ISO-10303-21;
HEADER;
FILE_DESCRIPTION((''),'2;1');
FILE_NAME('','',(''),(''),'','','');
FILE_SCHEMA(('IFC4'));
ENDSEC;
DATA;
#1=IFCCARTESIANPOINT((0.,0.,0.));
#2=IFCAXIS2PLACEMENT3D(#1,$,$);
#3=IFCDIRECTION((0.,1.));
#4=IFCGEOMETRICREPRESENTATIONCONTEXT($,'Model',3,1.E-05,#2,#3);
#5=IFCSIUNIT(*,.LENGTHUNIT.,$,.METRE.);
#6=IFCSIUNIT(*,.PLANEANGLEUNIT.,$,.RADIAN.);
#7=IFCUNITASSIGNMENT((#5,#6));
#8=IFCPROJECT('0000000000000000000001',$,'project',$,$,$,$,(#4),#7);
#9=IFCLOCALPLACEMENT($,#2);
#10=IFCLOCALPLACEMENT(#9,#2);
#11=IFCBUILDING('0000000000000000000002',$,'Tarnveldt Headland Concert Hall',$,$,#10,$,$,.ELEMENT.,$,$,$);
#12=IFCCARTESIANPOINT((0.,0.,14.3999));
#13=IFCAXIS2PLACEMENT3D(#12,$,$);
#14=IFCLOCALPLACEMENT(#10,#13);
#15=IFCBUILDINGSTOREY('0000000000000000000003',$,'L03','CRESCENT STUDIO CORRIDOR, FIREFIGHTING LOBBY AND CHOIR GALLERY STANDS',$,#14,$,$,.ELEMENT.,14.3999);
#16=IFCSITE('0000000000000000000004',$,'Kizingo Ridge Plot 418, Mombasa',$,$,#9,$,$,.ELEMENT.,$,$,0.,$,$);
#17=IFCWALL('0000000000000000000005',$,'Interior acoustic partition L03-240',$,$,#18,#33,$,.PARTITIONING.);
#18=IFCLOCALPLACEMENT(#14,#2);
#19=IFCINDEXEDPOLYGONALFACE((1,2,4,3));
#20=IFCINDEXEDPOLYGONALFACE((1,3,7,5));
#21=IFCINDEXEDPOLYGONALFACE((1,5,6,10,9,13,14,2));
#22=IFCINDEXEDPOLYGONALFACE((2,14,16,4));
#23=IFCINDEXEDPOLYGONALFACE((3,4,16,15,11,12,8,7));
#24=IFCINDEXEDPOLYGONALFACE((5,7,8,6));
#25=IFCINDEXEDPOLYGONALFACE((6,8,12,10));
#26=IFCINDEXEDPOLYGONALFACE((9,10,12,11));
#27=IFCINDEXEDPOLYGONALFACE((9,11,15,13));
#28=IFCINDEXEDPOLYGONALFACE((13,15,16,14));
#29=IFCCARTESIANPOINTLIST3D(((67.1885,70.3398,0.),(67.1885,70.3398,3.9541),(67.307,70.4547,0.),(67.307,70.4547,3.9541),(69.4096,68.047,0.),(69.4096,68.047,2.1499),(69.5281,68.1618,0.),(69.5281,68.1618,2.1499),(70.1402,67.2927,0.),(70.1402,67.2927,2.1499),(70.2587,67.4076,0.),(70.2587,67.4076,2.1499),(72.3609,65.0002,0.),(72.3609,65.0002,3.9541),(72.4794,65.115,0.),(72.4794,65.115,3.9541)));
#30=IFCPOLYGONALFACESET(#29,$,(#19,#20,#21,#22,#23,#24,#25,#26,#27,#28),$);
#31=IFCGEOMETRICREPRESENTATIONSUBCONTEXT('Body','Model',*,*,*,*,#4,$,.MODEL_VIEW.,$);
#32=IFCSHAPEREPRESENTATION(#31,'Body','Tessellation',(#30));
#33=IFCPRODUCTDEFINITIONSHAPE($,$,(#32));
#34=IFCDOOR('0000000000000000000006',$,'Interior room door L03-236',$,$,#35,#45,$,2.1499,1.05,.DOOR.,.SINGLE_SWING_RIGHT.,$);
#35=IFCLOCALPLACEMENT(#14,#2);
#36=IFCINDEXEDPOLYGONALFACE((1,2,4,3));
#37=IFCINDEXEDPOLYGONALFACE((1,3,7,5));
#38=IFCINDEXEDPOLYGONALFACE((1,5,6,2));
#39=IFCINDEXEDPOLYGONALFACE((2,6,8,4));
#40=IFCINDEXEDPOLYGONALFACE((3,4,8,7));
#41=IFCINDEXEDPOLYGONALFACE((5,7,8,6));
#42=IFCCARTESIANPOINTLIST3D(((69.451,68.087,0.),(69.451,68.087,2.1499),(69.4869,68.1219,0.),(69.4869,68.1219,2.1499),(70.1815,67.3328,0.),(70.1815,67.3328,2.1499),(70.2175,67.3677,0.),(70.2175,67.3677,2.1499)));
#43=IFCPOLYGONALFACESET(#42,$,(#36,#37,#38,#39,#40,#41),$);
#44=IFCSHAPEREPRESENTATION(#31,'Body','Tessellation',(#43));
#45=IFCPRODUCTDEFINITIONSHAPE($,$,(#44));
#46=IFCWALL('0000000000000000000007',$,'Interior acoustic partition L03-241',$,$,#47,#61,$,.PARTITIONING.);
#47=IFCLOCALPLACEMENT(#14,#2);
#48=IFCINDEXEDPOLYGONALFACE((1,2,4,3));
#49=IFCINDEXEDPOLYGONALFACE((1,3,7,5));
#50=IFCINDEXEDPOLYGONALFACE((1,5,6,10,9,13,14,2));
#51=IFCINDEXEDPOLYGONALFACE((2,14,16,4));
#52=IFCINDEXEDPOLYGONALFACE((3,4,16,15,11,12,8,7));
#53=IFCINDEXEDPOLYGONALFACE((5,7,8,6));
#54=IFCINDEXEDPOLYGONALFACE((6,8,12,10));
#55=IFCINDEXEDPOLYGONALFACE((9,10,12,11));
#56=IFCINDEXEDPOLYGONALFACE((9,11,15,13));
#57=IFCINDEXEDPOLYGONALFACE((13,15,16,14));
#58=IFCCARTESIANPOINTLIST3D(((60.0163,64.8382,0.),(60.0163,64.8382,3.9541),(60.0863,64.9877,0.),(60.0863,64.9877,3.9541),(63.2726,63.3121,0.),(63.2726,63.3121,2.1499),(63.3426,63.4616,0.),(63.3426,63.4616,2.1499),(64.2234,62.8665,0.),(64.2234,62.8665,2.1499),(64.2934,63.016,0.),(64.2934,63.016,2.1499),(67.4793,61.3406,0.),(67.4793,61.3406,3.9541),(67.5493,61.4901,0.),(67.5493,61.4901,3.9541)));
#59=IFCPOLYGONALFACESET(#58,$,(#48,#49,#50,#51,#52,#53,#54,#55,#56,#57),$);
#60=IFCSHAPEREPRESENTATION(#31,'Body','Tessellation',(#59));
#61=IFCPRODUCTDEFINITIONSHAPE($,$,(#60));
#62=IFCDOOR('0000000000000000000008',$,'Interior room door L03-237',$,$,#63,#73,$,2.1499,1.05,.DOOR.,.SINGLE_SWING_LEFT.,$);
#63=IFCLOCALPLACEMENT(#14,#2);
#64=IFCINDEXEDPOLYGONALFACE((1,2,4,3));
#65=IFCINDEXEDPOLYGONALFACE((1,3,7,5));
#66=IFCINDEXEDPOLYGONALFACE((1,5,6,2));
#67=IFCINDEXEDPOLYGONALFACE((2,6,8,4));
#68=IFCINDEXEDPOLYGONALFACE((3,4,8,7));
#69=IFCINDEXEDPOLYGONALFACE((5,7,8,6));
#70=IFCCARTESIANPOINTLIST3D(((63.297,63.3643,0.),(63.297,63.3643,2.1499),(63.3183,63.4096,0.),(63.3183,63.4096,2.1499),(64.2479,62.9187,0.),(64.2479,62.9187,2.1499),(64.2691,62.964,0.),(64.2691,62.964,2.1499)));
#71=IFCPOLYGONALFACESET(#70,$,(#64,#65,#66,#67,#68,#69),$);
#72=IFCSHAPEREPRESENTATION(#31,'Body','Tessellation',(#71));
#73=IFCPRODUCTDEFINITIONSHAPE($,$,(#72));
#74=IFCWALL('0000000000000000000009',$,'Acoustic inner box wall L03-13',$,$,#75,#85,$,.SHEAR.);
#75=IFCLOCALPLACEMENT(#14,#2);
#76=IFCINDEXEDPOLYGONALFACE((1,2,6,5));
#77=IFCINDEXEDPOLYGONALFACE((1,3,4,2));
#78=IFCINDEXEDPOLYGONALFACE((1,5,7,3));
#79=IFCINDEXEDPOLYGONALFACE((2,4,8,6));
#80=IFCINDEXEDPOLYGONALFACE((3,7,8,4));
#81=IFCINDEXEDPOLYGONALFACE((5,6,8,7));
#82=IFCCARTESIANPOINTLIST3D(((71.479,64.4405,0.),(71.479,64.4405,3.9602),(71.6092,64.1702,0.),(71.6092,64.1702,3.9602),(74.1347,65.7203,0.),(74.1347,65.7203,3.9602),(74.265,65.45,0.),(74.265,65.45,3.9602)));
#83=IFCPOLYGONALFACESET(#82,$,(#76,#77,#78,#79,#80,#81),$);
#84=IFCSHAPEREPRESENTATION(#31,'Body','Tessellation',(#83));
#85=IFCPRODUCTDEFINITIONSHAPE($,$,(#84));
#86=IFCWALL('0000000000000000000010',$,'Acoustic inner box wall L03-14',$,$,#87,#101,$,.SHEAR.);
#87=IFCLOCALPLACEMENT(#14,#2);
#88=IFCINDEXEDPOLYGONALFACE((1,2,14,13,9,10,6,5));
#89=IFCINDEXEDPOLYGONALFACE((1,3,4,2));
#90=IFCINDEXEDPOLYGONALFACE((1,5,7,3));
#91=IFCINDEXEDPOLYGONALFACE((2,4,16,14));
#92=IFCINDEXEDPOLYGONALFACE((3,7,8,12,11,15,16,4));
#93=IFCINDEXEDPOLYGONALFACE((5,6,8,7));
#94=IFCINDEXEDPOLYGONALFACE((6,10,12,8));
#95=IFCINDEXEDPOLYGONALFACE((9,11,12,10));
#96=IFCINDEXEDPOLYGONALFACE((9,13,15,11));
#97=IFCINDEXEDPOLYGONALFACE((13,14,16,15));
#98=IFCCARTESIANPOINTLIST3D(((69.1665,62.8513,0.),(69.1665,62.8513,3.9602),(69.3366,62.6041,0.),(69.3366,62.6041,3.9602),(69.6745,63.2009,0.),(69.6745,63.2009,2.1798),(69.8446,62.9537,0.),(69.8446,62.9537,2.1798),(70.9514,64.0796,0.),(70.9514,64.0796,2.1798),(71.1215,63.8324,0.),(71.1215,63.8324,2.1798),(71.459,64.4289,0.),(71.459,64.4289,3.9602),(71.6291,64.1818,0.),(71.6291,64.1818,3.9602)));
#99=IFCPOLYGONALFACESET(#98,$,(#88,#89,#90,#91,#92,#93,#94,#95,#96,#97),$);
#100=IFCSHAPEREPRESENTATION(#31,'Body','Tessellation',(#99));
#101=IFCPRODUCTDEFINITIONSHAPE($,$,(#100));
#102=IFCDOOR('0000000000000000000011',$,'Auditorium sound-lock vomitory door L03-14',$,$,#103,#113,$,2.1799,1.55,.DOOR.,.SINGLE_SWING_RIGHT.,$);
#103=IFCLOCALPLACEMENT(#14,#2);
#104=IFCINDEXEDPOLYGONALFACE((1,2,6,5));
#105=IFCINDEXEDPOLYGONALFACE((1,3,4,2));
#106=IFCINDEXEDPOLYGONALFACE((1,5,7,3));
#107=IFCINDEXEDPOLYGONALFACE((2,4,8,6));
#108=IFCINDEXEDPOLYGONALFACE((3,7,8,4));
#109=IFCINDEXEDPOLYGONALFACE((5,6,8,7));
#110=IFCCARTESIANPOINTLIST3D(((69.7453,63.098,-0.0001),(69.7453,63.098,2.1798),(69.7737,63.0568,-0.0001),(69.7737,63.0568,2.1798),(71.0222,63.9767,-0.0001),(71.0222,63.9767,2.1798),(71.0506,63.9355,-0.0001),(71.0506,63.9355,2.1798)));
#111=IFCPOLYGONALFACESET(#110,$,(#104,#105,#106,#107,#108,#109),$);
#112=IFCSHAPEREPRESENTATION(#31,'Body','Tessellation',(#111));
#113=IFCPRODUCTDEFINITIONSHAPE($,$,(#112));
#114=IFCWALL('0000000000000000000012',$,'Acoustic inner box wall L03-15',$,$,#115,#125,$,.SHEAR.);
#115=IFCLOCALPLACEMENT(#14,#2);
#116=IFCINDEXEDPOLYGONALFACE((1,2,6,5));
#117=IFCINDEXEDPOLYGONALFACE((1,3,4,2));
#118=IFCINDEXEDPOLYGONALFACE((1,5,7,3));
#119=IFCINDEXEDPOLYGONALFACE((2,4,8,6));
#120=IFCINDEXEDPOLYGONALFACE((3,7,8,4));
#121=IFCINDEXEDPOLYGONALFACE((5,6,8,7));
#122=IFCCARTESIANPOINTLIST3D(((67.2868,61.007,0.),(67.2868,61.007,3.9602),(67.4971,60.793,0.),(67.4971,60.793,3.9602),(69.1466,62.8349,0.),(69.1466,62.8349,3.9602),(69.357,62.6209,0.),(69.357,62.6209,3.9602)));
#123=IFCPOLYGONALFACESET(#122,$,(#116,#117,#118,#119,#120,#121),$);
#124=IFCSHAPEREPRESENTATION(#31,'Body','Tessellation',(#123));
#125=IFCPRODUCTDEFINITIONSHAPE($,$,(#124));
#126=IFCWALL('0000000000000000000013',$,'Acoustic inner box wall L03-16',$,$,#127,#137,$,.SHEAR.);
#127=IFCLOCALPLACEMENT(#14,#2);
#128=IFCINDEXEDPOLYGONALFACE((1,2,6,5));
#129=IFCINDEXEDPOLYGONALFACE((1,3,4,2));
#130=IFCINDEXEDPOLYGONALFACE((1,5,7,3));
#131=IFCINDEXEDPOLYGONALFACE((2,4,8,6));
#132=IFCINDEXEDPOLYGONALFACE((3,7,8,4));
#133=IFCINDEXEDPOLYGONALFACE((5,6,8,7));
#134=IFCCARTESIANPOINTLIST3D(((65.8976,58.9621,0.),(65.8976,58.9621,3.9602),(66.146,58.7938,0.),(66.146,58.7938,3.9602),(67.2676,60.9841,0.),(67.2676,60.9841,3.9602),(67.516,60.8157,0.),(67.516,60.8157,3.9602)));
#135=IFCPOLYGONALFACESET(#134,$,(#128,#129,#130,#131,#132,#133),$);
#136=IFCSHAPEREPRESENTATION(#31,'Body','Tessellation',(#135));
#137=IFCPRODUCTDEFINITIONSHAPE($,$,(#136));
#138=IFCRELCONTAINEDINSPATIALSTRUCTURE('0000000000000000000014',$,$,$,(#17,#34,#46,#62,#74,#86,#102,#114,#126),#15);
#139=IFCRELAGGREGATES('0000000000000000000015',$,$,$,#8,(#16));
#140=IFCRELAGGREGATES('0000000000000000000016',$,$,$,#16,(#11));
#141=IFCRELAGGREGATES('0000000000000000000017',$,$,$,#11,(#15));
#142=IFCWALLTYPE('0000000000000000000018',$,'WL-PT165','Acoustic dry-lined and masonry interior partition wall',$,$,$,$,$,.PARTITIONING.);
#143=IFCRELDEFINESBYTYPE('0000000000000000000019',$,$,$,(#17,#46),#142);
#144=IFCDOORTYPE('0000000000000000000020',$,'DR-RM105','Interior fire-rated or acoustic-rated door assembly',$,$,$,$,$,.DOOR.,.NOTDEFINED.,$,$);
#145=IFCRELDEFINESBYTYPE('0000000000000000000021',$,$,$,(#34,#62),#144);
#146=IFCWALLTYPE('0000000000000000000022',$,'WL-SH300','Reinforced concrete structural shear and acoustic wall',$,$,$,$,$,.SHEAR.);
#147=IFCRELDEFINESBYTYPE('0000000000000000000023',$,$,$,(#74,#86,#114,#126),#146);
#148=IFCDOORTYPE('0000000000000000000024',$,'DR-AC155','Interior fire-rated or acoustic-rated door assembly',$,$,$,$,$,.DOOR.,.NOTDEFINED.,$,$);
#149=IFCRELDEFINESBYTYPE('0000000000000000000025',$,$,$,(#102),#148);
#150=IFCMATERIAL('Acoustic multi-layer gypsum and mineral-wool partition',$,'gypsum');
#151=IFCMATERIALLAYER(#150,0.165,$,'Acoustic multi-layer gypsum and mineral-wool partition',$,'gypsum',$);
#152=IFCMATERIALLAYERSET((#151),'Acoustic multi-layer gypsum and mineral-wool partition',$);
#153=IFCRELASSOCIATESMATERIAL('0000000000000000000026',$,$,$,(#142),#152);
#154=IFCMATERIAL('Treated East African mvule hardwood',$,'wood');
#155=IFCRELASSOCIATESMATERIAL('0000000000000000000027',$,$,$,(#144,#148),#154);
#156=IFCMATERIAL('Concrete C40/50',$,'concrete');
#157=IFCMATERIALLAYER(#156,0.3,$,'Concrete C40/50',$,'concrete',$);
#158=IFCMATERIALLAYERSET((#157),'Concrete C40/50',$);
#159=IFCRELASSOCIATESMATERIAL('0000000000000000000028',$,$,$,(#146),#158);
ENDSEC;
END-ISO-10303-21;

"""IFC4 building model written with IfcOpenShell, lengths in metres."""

from ifc_helpers import new_model, si_unit, direction, frame, frame_2d, origin, place, context, subcontext, project, spatial, rectangle, extrude, material, layer, layer_set, type_object, element, fill, save


model = new_model("IFC4")

# Units and contexts
model_context = context("Model", 3, precision=1e-05, world=origin(), true_north=direction((0.0, 1.0)))
body_context = subcontext(model_context, "Body", "Model", "MODEL_VIEW")
ifc_project = project(units=[si_unit("LENGTHUNIT", "METRE"), si_unit("PLANEANGLEUNIT", "RADIAN")], contexts=[model_context])

# Site, building, storey
site_placement = place(None, origin())
site = spatial("IfcSite", under=ifc_project, at=site_placement, Name="Kizingo Ridge Plot 418, Mombasa", CompositionType="ELEMENT", RefElevation=0.0)
building_placement = place(site_placement, origin())
building = spatial("IfcBuilding", under=site, at=building_placement, Name="Tarnveldt Headland Concert Hall", CompositionType="ELEMENT")
storey_placement = place(building_placement, frame((0.0, 0.0, 14.3999)))
storey = spatial("IfcBuildingStorey", under=building, at=storey_placement, Name="L03", Description="CRESCENT STUDIO CORRIDOR, FIREFIGHTING LOBBY AND CHOIR GALLERY STANDS", CompositionType="ELEMENT", Elevation=14.3999)

# Shared definitions
ifc_material_1 = material(Name="Concrete C40/50", Category="concrete")

# Walls, openings, doors
ifc_material_2 = material(Name="Acoustic multi-layer gypsum and mineral-wool partition", Category="gypsum")
ifc_layer_1 = layer(ifc_material_2, 0.165, Name="Acoustic multi-layer gypsum and mineral-wool partition", Category="gypsum")
ifc_layer_set_1 = layer_set([ifc_layer_1], Name="Acoustic multi-layer gypsum and mineral-wool partition")
wall_type_1 = type_object("IfcWallType", Name="WL-PT165", Description="Acoustic dry-lined and masonry interior partition wall", PredefinedType="PARTITIONING", material=ifc_layer_set_1)
wall_1_placement = place(storey_placement, frame((72.4202, 65.0576, 0.0), z_axis=(0.0, 0.0, 1.0), x_axis=(-0.695769, 0.718265, 0.0)))
wall_1 = element("IfcWall", 1, at=wall_1_placement, inside=storey, type_object=wall_type_1, Name="Interior acoustic partition L03-240", PredefinedType="PARTITIONING", context=body_context, shape_type="SweptSolid", body=[
    extrude(rectangle(XDim=7.4341, YDim=0.165, at=frame_2d((3.717, 0.0))), origin(), (0.0, 0.0, 1.0), 3.9541),
])
opening_1_placement = place(wall_1_placement, frame((3.1919, 0.0, 0.0)))
opening_1 = element("IfcOpeningElement", 2, at=opening_1_placement, cuts=wall_1, PredefinedType="OPENING", context=body_context, shape_type="SweptSolid", body=[
    extrude(rectangle(XDim=1.05, YDim=2.1499, at=frame_2d((0.5249, 1.075))), frame((0.0, 0.0925, 0.0), z_axis=(0.0, -1.0, 0.0), x_axis=(1.0, 0.0, 0.0)), (0.0, 0.0, 1.0), 0.1851),
])
ifc_material_3 = material(Name="Treated East African mvule hardwood", Category="wood")
door_type_1 = type_object("IfcDoorType", Name="DR-RM105", Description="Interior fire-rated or acoustic-rated door assembly", OperationType="NOTDEFINED", PredefinedType="DOOR", material=ifc_material_3)
door_1_placement = place(opening_1_placement, origin())
door_1 = element("IfcDoor", 3, at=door_1_placement, inside=storey, type_object=door_type_1, Name="Interior room door L03-236", OperationType="SINGLE_SWING_RIGHT", OverallHeight=2.1499, OverallWidth=1.05, PredefinedType="DOOR", context=body_context, shape_type="SweptSolid", body=[
    extrude(rectangle(XDim=1.05, YDim=2.1499, at=frame_2d((0.5249, 1.075))), frame((0.0, 0.0249, 0.0), z_axis=(0.0, -1.0, 0.0), x_axis=(1.0, 0.0, 0.0)), (0.0, 0.0, 1.0), 0.05),
])
fill(opening_1, door_1)
wall_2_placement = place(storey_placement, frame((67.5144, 61.4153, 0.0), z_axis=(0.0, 0.0, 1.0), x_axis=(-0.90549, 0.424367, 0.0)))
wall_2 = element("IfcWall", 4, at=wall_2_placement, inside=storey, type_object=wall_type_1, Name="Interior acoustic partition L03-241", PredefinedType="PARTITIONING", context=body_context, shape_type="SweptSolid", body=[
    extrude(rectangle(XDim=8.2419, YDim=0.165, at=frame_2d((4.1211, 0.0))), origin(), (0.0, 0.0, 1.0), 3.9541),
])
opening_2_placement = place(wall_2_placement, frame((3.5959, 0.0, 0.0)))
opening_2 = element("IfcOpeningElement", 5, at=opening_2_placement, cuts=wall_2, PredefinedType="OPENING", context=body_context, shape_type="SweptSolid", body=[
    extrude(rectangle(XDim=1.05, YDim=2.1499, at=frame_2d((0.5249, 1.075))), frame((0.0, 0.0925, 0.0), z_axis=(0.0, -1.0, 0.0), x_axis=(1.0, 0.0, 0.0)), (0.0, 0.0, 1.0), 0.1851),
])
door_2_placement = place(opening_2_placement, origin())
door_2 = element("IfcDoor", 6, at=door_2_placement, inside=storey, type_object=door_type_1, Name="Interior room door L03-237", OperationType="SINGLE_SWING_LEFT", OverallHeight=2.1499, OverallWidth=1.05, PredefinedType="DOOR", context=body_context, shape_type="SweptSolid", body=[
    extrude(rectangle(XDim=1.05, YDim=2.1499, at=frame_2d((0.5249, 1.075))), frame((0.0, 0.0249, 0.0), z_axis=(0.0, -1.0, 0.0), x_axis=(1.0, 0.0, 0.0)), (0.0, 0.0, 1.0), 0.05),
])
fill(opening_2, door_2)

# Wall
ifc_layer_2 = layer(ifc_material_1, 0.3, Name="Concrete C40/50", Category="concrete")
ifc_layer_set_2 = layer_set([ifc_layer_2], Name="Concrete C40/50")
wall_type_2 = type_object("IfcWallType", Name="WL-SH300", Description="Reinforced concrete structural shear and acoustic wall", PredefinedType="SHEAR", material=ifc_layer_set_2)
wall_3_placement = place(storey_placement, frame((74.2, 65.5852, 0.0), z_axis=(0.0, 0.0, 1.0), x_axis=(-0.900858, -0.434114, 0.0)))
element("IfcWall", 7, at=wall_3_placement, inside=storey, type_object=wall_type_2, Name="Acoustic inner box wall L03-13", PredefinedType="SHEAR", context=body_context, shape_type="SweptSolid", body=[
    extrude(rectangle(XDim=2.948, YDim=0.3, at=frame_2d((1.4741, 0.0))), origin(), (0.0, 0.0, 1.0), 3.9602),
])

# Wall, opening, door
wall_4_placement = place(storey_placement, frame((71.5442, 64.3054, 0.0), z_axis=(0.0, 0.0, 1.0), x_axis=(-0.823781, -0.566909, 0.0)))
wall_4 = element("IfcWall", 8, at=wall_4_placement, inside=storey, type_object=wall_type_2, Name="Acoustic inner box wall L03-14", PredefinedType="SHEAR", context=body_context, shape_type="SweptSolid", body=[
    extrude(rectangle(XDim=2.783, YDim=0.3, at=frame_2d((1.3916, 0.0))), origin(), (0.0, 0.0, 1.0), 3.9602),
])
opening_3_placement = place(wall_4_placement, frame((0.6165, 0.0, 0.0)))
opening_3 = element("IfcOpeningElement", 9, at=opening_3_placement, cuts=wall_4, PredefinedType="OPENING", context=body_context, shape_type="SweptSolid", body=[
    extrude(rectangle(XDim=1.55, YDim=2.1799, at=frame_2d((0.7749, 1.0898))), frame((0.0, 0.1599, 0.0), z_axis=(0.0, -1.0, 0.0), x_axis=(1.0, 0.0, 0.0)), (0.0, 0.0, 1.0), 0.3201),
])
door_type_2 = type_object("IfcDoorType", Name="DR-AC155", Description="Interior fire-rated or acoustic-rated door assembly", OperationType="NOTDEFINED", PredefinedType="DOOR", material=ifc_material_3)
door_3_placement = place(opening_3_placement, origin())
door_3 = element("IfcDoor", 10, at=door_3_placement, inside=storey, type_object=door_type_2, Name="Auditorium sound-lock vomitory door L03-14", OperationType="SINGLE_SWING_RIGHT", OverallHeight=2.1799, OverallWidth=1.55, PredefinedType="DOOR", context=body_context, shape_type="SweptSolid", body=[
    extrude(rectangle(XDim=1.55, YDim=2.1799, at=frame_2d((0.7749, 1.0898))), frame((0.0, 0.0249, 0.0), z_axis=(0.0, -1.0, 0.0), x_axis=(1.0, 0.0, 0.0)), (0.0, 0.0, 1.0), 0.05),
])
fill(opening_3, door_3)

# Walls
wall_5_placement = place(storey_placement, frame((69.2517, 62.7278, 0.0), z_axis=(0.0, 0.0, 1.0), x_axis=(-0.713212, -0.700948, 0.0)))
element("IfcWall", 11, at=wall_5_placement, inside=storey, type_object=wall_type_2, Name="Acoustic inner box wall L03-15", PredefinedType="SHEAR", context=body_context, shape_type="SweptSolid", body=[
    extrude(rectangle(XDim=2.6077, YDim=0.3, at=frame_2d((1.3037, 0.0))), origin(), (0.0, 0.0, 1.0), 3.9602),
])
wall_6_placement = place(storey_placement, frame((67.3918, 60.8999, 0.0), z_axis=(0.0, 0.0, 1.0), x_axis=(-0.560959, -0.827844, 0.0)))
element("IfcWall", 12, at=wall_6_placement, inside=storey, type_object=wall_type_2, Name="Acoustic inner box wall L03-16", PredefinedType="SHEAR", context=body_context, shape_type="SweptSolid", body=[
    extrude(rectangle(XDim=2.4424, YDim=0.3, at=frame_2d((1.2212, 0.0))), origin(), (0.0, 0.0, 1.0), 3.9602),
])

save(model, "model.ifc")
